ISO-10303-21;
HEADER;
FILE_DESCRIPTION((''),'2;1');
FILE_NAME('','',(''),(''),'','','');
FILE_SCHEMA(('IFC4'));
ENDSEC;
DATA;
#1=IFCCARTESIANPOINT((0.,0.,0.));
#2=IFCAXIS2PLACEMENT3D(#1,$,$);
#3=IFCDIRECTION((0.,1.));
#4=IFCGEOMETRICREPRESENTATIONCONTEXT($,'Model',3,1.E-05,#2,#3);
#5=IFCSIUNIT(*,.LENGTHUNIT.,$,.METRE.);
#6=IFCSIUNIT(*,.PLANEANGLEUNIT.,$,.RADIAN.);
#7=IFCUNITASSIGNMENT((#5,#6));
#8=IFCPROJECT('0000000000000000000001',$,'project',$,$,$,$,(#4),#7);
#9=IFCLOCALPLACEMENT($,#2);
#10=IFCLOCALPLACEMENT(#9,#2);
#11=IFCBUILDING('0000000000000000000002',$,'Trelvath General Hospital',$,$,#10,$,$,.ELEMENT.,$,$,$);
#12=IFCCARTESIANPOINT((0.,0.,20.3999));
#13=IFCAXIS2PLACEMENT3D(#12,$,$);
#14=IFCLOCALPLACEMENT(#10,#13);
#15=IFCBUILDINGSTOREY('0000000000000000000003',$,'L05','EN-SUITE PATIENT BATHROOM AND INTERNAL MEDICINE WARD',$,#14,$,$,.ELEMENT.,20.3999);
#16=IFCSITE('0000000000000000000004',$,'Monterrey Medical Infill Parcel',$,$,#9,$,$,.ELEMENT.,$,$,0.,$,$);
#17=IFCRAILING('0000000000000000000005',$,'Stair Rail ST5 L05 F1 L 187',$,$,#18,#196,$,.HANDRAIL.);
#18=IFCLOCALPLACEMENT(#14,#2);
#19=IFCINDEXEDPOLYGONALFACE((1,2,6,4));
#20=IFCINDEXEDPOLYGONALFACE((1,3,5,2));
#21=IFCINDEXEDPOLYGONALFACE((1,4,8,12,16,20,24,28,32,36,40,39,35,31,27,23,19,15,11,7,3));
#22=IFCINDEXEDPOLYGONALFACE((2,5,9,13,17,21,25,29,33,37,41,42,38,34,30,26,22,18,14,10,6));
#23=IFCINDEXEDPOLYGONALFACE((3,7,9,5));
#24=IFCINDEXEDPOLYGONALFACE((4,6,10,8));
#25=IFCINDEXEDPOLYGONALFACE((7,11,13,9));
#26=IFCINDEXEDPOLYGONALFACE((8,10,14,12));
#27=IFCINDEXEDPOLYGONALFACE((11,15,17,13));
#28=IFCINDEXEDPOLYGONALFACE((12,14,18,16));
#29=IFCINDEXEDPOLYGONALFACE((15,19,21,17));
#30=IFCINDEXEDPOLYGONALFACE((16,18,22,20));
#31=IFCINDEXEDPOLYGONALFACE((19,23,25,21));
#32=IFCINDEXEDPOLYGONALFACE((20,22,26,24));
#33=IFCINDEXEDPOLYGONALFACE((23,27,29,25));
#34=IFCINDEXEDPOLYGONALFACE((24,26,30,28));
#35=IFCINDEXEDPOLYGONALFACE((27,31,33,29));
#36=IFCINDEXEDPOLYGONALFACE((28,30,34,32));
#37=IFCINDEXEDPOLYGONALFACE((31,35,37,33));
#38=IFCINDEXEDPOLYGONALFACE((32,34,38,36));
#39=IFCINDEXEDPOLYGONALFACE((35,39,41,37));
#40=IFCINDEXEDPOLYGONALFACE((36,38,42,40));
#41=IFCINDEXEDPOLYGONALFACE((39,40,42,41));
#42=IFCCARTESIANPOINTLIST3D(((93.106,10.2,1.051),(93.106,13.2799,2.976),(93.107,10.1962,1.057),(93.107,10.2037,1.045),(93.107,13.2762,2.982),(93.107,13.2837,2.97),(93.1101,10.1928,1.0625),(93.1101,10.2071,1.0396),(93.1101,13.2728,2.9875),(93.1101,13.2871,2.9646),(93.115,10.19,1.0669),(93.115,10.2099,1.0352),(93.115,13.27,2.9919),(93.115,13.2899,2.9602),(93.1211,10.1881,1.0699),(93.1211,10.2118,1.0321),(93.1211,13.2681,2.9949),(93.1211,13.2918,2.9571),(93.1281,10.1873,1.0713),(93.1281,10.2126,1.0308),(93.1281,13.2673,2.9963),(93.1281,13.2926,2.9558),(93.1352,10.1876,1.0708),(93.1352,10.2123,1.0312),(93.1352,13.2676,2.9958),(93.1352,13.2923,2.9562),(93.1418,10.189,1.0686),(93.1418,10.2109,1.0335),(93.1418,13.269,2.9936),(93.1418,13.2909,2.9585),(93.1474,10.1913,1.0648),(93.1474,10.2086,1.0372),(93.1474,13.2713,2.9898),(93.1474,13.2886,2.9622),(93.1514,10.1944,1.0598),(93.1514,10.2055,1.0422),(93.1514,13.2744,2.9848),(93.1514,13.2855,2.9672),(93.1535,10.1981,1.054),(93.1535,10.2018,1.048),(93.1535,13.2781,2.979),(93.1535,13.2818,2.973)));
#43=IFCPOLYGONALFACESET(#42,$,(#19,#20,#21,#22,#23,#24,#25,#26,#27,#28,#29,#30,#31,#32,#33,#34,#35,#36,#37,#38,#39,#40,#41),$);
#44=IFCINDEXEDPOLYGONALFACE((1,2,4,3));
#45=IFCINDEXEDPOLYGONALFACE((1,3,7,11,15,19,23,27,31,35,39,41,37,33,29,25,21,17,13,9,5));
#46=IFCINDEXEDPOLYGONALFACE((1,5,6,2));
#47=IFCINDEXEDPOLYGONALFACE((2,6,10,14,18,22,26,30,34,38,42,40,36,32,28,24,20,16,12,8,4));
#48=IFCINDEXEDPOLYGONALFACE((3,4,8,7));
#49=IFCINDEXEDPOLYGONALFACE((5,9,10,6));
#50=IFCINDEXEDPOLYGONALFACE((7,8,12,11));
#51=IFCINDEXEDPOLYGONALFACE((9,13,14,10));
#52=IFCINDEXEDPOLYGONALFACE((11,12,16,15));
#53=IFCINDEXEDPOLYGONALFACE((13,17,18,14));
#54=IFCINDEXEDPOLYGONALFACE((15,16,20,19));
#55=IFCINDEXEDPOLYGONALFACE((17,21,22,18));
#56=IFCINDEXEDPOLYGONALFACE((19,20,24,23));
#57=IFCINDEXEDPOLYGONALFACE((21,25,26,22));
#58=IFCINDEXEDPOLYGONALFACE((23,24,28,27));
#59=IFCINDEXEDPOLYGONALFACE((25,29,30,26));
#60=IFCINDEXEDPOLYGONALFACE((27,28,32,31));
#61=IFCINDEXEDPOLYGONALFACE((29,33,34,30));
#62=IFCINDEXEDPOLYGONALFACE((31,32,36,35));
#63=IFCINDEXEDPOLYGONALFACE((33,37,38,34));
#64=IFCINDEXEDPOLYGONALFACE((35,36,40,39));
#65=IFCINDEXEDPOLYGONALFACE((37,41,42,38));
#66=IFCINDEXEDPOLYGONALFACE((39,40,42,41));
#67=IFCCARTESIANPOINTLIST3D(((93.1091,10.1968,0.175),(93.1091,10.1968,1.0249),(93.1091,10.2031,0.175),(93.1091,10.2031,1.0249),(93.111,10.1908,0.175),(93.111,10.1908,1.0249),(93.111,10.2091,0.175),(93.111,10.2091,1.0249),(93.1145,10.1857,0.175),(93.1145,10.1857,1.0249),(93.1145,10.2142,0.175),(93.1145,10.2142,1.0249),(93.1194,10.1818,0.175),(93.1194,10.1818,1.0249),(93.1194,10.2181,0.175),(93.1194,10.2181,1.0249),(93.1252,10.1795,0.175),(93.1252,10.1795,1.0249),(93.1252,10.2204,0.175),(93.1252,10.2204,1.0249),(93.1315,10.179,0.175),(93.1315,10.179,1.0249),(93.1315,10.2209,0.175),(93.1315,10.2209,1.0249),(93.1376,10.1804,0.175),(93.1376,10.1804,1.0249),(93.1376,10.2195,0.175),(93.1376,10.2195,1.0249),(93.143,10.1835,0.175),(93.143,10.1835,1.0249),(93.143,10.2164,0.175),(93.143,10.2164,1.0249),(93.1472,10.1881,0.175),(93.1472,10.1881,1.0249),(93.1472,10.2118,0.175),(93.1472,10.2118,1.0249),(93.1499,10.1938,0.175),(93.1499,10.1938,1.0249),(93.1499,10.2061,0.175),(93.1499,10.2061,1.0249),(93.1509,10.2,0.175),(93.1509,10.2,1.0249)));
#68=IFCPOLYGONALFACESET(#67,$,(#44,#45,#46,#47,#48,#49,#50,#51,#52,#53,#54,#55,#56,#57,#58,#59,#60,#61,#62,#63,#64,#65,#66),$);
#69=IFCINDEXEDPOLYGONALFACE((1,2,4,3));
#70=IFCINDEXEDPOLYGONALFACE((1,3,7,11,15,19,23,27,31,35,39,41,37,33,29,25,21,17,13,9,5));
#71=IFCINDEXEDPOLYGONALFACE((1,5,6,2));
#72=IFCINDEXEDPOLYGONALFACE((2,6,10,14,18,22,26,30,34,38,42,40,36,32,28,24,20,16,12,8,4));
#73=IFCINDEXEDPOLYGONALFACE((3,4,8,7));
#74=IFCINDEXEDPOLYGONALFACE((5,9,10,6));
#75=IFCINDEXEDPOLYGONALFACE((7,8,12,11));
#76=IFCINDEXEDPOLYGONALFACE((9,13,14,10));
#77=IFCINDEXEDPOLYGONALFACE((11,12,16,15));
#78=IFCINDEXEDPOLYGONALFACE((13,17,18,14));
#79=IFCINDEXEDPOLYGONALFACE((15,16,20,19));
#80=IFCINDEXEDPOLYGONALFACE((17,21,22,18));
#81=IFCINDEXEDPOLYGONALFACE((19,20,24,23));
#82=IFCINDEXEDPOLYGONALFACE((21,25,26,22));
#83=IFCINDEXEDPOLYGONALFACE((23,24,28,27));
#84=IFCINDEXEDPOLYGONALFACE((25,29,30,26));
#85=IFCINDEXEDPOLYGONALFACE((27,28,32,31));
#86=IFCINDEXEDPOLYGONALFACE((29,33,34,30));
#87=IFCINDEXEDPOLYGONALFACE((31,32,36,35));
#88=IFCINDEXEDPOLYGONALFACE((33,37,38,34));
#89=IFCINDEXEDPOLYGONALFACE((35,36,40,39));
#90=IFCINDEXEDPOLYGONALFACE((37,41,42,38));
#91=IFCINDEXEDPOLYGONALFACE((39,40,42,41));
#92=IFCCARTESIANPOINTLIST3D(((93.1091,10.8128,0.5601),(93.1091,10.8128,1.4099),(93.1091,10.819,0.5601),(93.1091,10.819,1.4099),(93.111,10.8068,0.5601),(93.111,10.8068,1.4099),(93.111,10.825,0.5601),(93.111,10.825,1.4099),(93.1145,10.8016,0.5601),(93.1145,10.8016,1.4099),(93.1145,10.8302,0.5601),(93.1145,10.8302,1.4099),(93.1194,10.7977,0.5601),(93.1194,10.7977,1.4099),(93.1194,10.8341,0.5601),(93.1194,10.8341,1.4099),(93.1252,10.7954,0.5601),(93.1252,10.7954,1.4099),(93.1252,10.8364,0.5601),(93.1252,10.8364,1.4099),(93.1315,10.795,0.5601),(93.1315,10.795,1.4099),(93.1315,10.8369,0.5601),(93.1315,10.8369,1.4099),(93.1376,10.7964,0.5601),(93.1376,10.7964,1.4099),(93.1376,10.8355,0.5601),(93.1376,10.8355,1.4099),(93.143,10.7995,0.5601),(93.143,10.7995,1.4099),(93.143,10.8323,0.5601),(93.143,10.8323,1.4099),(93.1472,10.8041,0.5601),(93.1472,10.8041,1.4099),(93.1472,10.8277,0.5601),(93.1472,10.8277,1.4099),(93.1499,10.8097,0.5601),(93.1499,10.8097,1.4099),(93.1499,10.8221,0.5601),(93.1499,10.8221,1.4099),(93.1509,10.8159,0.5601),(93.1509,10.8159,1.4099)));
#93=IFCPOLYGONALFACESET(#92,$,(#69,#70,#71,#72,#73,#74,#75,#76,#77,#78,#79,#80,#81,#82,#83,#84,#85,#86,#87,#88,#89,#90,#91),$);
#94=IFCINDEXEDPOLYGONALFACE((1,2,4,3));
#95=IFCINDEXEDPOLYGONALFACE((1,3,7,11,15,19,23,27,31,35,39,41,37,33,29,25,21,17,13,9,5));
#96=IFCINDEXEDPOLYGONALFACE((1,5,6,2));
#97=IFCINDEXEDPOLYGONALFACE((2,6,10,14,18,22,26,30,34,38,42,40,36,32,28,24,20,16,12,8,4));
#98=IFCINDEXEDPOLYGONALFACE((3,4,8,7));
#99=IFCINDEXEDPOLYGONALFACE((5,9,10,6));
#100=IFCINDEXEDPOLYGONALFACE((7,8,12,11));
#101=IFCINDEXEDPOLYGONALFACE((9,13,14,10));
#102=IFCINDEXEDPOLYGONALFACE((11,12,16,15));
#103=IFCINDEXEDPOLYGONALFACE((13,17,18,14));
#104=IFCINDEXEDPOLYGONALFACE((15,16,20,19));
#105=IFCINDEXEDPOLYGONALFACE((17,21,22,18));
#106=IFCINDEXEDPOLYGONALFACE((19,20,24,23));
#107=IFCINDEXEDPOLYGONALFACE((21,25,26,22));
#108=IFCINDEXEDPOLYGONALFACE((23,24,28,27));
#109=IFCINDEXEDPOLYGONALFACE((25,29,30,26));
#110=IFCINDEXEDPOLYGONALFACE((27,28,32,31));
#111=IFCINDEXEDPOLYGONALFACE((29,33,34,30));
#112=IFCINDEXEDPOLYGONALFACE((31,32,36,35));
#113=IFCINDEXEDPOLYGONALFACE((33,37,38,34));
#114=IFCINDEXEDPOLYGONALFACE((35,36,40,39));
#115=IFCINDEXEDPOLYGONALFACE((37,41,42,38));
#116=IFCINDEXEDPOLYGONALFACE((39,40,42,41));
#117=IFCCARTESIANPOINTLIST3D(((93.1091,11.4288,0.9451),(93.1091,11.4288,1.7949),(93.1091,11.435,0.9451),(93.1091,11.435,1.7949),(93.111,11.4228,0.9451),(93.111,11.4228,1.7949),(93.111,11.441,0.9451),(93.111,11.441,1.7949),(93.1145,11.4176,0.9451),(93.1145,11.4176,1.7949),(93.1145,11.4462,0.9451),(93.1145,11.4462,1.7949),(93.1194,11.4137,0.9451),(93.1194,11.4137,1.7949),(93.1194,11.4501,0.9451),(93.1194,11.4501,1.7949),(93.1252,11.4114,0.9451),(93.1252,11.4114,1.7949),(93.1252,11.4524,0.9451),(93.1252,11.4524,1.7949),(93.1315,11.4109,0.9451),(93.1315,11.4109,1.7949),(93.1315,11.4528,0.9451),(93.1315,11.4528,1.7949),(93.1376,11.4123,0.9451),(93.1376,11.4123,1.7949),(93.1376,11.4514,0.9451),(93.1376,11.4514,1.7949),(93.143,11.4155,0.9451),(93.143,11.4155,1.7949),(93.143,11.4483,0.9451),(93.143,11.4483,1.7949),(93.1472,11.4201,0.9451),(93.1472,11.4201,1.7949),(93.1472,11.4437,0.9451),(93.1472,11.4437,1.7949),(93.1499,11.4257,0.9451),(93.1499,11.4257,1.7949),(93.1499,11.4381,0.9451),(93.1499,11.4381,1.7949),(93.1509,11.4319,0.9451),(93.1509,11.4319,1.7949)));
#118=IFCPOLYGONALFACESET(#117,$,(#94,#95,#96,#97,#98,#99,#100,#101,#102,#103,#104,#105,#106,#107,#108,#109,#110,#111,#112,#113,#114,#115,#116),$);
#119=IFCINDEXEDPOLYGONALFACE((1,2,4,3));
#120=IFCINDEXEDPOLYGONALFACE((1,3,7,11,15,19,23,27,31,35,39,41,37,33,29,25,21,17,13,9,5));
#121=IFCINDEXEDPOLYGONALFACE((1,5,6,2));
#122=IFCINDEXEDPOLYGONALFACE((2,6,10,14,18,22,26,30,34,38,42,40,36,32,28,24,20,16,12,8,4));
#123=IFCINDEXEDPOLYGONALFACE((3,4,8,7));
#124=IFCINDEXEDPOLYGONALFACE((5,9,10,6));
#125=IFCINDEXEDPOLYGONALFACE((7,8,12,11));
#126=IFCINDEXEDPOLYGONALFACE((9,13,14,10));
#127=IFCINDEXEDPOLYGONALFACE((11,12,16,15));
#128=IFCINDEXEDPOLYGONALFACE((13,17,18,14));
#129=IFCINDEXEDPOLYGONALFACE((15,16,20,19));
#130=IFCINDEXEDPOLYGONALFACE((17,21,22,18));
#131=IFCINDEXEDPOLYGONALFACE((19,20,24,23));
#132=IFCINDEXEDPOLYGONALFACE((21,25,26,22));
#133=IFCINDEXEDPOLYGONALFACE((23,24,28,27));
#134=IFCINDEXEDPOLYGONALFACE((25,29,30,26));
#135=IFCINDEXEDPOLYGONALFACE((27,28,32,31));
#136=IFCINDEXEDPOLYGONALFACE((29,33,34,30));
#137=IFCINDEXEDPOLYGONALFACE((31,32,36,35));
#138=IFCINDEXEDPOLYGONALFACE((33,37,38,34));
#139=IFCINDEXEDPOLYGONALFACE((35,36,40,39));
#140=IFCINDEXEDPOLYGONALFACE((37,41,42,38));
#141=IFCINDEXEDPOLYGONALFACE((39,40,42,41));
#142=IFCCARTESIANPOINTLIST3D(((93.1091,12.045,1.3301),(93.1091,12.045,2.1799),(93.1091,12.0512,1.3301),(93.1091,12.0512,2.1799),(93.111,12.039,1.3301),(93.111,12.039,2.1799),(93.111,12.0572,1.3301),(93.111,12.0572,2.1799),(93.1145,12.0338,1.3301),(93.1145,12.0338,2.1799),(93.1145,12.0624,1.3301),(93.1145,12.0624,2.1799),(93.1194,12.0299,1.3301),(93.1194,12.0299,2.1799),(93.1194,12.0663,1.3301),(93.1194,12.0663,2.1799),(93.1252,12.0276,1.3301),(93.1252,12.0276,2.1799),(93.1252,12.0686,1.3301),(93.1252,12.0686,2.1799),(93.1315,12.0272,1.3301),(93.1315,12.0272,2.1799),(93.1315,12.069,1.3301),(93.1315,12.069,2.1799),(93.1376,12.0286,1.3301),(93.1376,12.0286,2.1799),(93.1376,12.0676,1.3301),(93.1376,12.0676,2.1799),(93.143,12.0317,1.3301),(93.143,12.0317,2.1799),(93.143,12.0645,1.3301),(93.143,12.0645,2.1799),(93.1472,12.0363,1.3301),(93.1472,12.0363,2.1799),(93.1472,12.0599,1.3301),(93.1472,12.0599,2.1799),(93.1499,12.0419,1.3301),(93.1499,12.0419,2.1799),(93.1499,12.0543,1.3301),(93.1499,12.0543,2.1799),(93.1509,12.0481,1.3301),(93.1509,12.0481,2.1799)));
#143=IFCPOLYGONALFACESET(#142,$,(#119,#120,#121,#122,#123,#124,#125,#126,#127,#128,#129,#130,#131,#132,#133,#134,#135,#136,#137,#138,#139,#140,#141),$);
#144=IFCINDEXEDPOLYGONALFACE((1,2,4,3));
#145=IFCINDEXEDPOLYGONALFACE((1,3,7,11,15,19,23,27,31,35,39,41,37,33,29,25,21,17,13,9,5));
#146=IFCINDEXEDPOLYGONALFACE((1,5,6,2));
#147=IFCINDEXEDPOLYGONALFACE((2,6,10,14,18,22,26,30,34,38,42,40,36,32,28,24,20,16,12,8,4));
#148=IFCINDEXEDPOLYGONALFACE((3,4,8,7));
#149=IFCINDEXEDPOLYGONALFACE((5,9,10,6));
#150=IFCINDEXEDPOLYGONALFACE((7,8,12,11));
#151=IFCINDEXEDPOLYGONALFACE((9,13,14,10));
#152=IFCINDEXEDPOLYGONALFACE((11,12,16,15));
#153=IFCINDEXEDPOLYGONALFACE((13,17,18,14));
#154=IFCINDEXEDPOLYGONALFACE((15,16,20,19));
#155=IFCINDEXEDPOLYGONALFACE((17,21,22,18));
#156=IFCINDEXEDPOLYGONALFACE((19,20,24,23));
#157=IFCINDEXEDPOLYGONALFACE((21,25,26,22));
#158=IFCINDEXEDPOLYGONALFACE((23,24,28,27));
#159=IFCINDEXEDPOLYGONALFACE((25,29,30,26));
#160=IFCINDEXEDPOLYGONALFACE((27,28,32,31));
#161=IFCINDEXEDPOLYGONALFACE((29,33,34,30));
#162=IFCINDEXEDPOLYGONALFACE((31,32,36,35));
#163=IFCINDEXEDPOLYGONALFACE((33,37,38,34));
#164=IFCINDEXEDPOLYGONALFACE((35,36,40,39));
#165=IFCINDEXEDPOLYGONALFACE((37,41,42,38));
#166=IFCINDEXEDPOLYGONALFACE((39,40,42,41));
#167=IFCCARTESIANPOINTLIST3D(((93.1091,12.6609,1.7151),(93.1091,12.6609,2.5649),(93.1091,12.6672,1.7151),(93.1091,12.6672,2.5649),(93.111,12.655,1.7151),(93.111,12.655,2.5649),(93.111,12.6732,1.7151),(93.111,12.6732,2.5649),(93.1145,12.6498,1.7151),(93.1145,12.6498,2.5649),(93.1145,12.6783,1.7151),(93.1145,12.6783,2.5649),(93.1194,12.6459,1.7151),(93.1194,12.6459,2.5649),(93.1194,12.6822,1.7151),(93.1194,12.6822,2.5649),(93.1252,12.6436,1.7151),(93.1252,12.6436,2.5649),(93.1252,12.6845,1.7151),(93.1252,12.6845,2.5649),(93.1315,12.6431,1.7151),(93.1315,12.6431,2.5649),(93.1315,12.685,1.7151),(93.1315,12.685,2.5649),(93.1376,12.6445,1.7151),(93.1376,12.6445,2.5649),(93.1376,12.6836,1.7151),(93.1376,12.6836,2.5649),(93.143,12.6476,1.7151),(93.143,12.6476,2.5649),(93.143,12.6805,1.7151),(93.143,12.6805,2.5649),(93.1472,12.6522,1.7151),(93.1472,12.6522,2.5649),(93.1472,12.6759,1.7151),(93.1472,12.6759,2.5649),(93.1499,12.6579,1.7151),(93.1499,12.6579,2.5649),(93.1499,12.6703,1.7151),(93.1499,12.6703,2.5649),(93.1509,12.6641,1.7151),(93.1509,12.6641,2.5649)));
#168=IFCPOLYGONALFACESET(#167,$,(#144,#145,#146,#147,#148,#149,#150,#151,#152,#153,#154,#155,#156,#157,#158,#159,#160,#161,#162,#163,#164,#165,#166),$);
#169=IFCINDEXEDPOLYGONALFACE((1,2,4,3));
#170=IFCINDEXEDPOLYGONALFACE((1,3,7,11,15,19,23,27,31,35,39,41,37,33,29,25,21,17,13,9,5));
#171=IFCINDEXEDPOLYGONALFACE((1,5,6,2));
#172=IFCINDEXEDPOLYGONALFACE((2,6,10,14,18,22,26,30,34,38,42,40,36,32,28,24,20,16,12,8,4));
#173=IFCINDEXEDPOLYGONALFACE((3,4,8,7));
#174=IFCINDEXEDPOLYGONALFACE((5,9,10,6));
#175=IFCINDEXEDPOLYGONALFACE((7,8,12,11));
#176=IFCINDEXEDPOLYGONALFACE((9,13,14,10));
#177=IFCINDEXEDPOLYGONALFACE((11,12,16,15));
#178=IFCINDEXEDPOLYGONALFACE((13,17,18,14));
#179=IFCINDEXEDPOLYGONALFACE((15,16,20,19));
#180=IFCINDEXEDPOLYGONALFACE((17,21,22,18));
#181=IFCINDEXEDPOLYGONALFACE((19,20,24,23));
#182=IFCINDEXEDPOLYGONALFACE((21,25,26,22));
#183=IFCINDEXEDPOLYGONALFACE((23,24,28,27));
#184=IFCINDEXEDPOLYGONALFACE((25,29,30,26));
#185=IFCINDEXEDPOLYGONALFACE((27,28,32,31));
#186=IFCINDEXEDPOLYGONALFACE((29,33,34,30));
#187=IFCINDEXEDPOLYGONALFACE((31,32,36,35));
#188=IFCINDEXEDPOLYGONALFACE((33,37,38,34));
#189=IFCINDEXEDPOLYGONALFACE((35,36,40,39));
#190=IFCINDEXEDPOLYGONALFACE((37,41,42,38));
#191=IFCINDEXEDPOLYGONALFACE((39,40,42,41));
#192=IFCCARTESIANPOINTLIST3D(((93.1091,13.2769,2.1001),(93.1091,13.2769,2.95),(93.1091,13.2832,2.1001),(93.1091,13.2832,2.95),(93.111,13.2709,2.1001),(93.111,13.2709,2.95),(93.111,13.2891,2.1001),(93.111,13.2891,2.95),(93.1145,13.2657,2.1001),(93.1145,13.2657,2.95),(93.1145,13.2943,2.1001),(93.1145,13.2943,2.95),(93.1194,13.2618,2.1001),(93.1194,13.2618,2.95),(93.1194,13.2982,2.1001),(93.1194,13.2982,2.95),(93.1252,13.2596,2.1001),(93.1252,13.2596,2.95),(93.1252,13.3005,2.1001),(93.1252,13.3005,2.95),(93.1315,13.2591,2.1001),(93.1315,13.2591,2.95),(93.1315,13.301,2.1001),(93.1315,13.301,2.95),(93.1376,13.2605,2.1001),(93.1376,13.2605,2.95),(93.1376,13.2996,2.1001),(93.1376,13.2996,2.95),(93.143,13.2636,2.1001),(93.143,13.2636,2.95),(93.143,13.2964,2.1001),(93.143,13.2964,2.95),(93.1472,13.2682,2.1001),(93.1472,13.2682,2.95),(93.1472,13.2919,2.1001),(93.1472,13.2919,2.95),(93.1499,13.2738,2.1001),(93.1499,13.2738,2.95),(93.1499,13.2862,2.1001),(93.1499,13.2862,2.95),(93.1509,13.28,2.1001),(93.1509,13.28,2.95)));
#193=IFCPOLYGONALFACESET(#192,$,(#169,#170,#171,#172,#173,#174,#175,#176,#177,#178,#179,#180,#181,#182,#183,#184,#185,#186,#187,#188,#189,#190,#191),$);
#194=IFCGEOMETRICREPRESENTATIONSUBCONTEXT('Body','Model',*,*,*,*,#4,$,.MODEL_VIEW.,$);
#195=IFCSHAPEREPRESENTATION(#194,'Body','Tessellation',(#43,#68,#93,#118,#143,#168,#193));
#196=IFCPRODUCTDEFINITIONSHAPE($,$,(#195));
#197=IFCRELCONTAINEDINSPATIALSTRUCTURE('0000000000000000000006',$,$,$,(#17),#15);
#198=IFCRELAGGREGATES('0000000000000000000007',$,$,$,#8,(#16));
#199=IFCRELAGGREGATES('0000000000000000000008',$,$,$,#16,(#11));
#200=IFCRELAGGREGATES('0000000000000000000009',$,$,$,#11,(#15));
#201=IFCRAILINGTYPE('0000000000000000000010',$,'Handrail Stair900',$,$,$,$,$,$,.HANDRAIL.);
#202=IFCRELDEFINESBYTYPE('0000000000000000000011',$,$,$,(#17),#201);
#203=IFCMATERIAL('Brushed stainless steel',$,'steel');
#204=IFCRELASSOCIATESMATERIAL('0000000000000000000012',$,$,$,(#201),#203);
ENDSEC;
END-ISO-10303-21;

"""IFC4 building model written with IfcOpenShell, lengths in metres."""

from ifc_helpers import new_model, si_unit, direction, frame, origin, origin_2d, place, context, subcontext, project, spatial, circle, extrude, material, type_object, element, save


model = new_model("IFC4")

# Units and contexts
model_context = context("Model", 3, precision=1e-05, world=origin(), true_north=direction((0.0, 1.0)))
body_context = subcontext(model_context, "Body", "Model", "MODEL_VIEW")
ifc_project = project(units=[si_unit("LENGTHUNIT", "METRE"), si_unit("PLANEANGLEUNIT", "RADIAN")], contexts=[model_context])

# Site, building, storey
site_placement = place(None, origin())
site = spatial("IfcSite", under=ifc_project, at=site_placement, Name="Monterrey Medical Infill Parcel", CompositionType="ELEMENT", RefElevation=0.0)
building_placement = place(site_placement, origin())
building = spatial("IfcBuilding", under=site, at=building_placement, Name="Trelvath General Hospital", CompositionType="ELEMENT")
storey_placement = place(building_placement, frame((0.0, 0.0, 20.3999)))
storey = spatial("IfcBuildingStorey", under=building, at=storey_placement, Name="L05", Description="EN-SUITE PATIENT BATHROOM AND INTERNAL MEDICINE WARD", CompositionType="ELEMENT", Elevation=20.3999)

# Railing
ifc_material_1 = material(Name="Brushed stainless steel", Category="steel")
railing_type_1 = type_object("IfcRailingType", Name="Handrail Stair900", PredefinedType="HANDRAIL", material=ifc_material_1)
railing_1_placement = place(storey_placement, frame((93.1299, 10.2, 0.175)))
element("IfcRailing", 1, at=railing_1_placement, inside=storey, type_object=railing_type_1, Name="Stair Rail ST5 L05 F1 L 187", PredefinedType="HANDRAIL", context=body_context, shape_type="SweptSolid", body=[
    extrude(circle(Radius=0.0239, at=origin_2d()), frame((0.0, 0.0, 0.876), z_axis=(0.0, 0.847998, 0.529999), x_axis=(-1.0, 0.0, 0.0)), (0.0, 0.0, 1.0), 3.6321),
    extrude(circle(Radius=0.021, at=origin_2d()), origin(), (0.0, 0.0, 1.0), 0.8499),
    extrude(circle(Radius=0.021, at=origin_2d()), frame((0.0, 0.616, 0.385)), (0.0, 0.0, 1.0), 0.8499),
    extrude(circle(Radius=0.021, at=origin_2d()), frame((0.0, 1.2319, 0.77)), (0.0, 0.0, 1.0), 0.8499),
    extrude(circle(Radius=0.021, at=origin_2d()), frame((0.0, 1.8481, 1.155)), (0.0, 0.0, 1.0), 0.8499),
    extrude(circle(Radius=0.021, at=origin_2d()), frame((0.0, 2.4641, 1.54)), (0.0, 0.0, 1.0), 0.8499),
    extrude(circle(Radius=0.021, at=origin_2d()), frame((0.0, 3.0801, 1.925)), (0.0, 0.0, 1.0), 0.8499),
])

save(model, "model.ifc")
